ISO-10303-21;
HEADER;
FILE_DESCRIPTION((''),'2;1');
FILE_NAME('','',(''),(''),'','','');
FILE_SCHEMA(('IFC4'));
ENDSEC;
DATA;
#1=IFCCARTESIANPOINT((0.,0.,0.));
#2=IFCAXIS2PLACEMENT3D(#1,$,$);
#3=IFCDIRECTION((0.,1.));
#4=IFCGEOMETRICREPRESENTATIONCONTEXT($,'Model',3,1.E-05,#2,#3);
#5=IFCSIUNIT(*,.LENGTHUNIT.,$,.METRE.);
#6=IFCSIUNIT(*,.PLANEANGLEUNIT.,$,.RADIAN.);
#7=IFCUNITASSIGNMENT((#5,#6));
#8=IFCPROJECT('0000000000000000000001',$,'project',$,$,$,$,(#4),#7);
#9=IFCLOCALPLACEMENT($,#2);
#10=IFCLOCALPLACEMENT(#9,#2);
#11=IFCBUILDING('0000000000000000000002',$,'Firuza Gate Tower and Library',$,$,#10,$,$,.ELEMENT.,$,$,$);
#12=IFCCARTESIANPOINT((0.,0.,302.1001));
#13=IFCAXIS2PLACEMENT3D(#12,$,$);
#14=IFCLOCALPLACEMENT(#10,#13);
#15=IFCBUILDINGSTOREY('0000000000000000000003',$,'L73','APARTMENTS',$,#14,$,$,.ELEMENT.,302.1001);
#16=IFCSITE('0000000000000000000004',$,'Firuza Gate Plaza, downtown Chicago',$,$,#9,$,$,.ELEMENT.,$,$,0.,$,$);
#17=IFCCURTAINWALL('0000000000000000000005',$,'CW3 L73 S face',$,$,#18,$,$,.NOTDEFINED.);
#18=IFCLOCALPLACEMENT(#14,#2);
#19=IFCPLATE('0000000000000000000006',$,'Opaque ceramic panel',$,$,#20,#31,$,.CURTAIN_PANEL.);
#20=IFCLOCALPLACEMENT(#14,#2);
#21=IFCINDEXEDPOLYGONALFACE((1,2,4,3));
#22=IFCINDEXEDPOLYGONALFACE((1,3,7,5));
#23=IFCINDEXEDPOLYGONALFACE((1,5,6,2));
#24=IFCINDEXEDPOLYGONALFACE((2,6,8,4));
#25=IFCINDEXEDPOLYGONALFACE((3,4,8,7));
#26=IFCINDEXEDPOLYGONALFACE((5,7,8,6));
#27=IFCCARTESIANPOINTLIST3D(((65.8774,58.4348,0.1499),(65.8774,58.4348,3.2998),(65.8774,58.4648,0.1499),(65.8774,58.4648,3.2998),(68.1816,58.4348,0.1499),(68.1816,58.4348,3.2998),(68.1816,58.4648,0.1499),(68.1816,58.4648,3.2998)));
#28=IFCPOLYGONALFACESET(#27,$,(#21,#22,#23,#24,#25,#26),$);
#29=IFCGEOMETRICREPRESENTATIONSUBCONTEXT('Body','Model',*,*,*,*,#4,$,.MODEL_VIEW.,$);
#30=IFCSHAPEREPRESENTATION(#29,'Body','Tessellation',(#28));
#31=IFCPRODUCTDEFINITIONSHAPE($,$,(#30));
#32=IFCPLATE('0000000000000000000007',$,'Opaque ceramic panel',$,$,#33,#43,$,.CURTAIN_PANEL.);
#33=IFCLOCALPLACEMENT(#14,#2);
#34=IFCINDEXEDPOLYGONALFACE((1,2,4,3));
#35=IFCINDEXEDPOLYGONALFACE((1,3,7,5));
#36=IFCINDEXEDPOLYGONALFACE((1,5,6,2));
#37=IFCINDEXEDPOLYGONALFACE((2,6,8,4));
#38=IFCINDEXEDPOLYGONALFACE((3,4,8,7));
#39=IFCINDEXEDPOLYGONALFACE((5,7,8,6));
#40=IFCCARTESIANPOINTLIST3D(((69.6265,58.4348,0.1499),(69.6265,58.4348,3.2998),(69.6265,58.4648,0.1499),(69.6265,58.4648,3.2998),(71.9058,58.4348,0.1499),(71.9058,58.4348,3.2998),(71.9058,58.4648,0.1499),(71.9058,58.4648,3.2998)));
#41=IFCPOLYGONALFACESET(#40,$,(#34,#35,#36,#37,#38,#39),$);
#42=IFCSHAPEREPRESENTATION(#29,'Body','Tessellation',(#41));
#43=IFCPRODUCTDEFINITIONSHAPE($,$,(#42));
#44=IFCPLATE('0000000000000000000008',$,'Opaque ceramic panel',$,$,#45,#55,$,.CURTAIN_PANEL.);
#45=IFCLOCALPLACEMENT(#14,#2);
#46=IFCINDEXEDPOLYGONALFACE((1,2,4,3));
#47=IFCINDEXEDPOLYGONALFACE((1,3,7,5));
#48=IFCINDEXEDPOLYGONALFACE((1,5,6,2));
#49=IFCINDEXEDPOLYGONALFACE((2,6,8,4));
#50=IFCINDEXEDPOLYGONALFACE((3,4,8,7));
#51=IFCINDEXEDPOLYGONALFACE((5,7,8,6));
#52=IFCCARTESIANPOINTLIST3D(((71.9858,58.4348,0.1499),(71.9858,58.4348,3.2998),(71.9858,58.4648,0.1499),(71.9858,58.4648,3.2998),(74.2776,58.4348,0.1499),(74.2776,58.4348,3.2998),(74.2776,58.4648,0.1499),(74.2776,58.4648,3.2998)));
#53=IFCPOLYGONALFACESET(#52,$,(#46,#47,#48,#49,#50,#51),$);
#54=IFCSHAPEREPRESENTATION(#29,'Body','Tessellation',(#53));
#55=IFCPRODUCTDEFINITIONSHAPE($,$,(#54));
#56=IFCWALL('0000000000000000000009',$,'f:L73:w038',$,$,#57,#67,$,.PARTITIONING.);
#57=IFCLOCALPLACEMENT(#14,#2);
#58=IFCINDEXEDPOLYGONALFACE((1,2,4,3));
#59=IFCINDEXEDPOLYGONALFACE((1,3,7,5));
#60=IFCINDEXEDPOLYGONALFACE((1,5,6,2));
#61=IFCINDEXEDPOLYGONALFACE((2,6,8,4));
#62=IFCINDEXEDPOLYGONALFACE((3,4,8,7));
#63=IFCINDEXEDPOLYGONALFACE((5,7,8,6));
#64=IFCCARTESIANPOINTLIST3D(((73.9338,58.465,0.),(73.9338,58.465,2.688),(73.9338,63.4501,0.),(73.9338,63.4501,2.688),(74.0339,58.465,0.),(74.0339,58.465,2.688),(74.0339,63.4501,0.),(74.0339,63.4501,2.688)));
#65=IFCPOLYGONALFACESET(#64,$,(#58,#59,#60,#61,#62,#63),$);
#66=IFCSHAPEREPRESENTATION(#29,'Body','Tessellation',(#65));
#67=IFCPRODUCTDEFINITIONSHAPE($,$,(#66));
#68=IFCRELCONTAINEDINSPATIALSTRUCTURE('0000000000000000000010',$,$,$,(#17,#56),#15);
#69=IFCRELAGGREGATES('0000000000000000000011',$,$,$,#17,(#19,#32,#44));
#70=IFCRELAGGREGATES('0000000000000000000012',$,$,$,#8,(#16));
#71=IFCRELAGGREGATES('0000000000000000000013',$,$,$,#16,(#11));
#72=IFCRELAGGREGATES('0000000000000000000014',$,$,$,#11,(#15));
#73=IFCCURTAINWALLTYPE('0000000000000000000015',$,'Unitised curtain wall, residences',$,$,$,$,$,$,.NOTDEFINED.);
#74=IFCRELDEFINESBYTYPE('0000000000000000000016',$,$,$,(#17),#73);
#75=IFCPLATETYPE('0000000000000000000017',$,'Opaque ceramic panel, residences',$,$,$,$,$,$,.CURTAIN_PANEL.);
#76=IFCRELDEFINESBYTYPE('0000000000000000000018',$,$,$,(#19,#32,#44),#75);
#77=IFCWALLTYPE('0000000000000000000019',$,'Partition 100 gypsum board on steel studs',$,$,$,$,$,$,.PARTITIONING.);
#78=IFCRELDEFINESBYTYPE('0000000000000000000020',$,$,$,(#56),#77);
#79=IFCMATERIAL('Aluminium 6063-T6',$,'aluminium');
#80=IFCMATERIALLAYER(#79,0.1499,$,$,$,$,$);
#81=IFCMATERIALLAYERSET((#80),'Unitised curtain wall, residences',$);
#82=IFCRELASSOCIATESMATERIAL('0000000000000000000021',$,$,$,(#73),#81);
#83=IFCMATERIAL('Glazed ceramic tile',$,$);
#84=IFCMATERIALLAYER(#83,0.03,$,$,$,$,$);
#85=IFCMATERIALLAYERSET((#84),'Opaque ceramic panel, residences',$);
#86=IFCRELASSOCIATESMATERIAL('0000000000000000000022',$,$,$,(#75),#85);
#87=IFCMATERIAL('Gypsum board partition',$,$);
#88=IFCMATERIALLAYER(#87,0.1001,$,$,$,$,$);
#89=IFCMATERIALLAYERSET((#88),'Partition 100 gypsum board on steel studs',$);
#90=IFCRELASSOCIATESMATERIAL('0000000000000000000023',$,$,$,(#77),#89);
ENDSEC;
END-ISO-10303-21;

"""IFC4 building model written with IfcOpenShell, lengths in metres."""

from ifc_helpers import new_model, si_unit, direction, frame, frame_2d, origin, place, context, subcontext, project, spatial, polyline, rectangle, outline, extrude, material, layer, layer_set, type_object, element, aggregate, save


model = new_model("IFC4")

# Units and contexts
model_context = context("Model", 3, precision=1e-05, world=origin(), true_north=direction((0.0, 1.0)))
body_context = subcontext(model_context, "Body", "Model", "MODEL_VIEW")
ifc_project = project(units=[si_unit("LENGTHUNIT", "METRE"), si_unit("PLANEANGLEUNIT", "RADIAN")], contexts=[model_context])

# Site, building, storey
site_placement = place(None, origin())
site = spatial("IfcSite", under=ifc_project, at=site_placement, Name="Firuza Gate Plaza, downtown Chicago", CompositionType="ELEMENT", RefElevation=0.0)
building_placement = place(site_placement, origin())
building = spatial("IfcBuilding", under=site, at=building_placement, Name="Firuza Gate Tower and Library", CompositionType="ELEMENT")
storey_placement = place(building_placement, frame((0.0, 0.0, 302.1001)))
storey = spatial("IfcBuildingStorey", under=building, at=storey_placement, Name="L73", Description="APARTMENTS", CompositionType="ELEMENT", Elevation=302.1001)

# Curtain wall
ifc_material_1 = material(Name="Aluminium 6063-T6", Category="aluminium")
ifc_layer_1 = layer(ifc_material_1, 0.1499)
ifc_layer_set_1 = layer_set([ifc_layer_1], Name="Unitised curtain wall, residences")
curtain_wall_type = type_object("IfcCurtainWallType", Name="Unitised curtain wall, residences", PredefinedType="NOTDEFINED", material=ifc_layer_set_1)
curtain_wall_placement = place(storey_placement, origin())
curtain_wall = element("IfcCurtainWall", 1, at=curtain_wall_placement, inside=storey, type_object=curtain_wall_type, Name="CW3 L73 S face", PredefinedType="NOTDEFINED")

# Plates
ifc_material_2 = material(Name="Glazed ceramic tile")
ifc_layer_2 = layer(ifc_material_2, 0.03)
ifc_layer_set_2 = layer_set([ifc_layer_2], Name="Opaque ceramic panel, residences")
plate_type_1 = type_object("IfcPlateType", Name="Opaque ceramic panel, residences", PredefinedType="CURTAIN_PANEL", material=ifc_layer_set_2)
plate_1_placement = place(storey_placement, frame((65.8774, 58.4348, 0.1499), z_axis=(0.0, -1.0, 0.0), x_axis=(1.0, 0.0, 0.0)))
plate_1 = element("IfcPlate", 2, at=plate_1_placement, type_object=plate_type_1, Name="Opaque ceramic panel", PredefinedType="CURTAIN_PANEL", context=body_context, shape_type="SweptSolid", body=[
    extrude(outline(polyline([(0.0, 0.0), (2.3042, 0.0), (2.3042, 3.1499), (0.0, 3.1499), (0.0, 0.0)])), origin(), (0.0, 0.0, -1.0), 0.03),
])
plate_2_placement = place(storey_placement, frame((69.6265, 58.4348, 0.1499), z_axis=(0.0, -1.0, 0.0), x_axis=(1.0, 0.0, 0.0)))
plate_2 = element("IfcPlate", 3, at=plate_2_placement, type_object=plate_type_1, Name="Opaque ceramic panel", PredefinedType="CURTAIN_PANEL", context=body_context, shape_type="SweptSolid", body=[
    extrude(outline(polyline([(0.0, 0.0), (2.2793, 0.0), (2.2793, 3.1499), (0.0, 3.1499), (0.0, 0.0)])), origin(), (0.0, 0.0, -1.0), 0.03),
])
plate_3_placement = place(storey_placement, frame((71.9858, 58.4348, 0.1499), z_axis=(0.0, -1.0, 0.0), x_axis=(1.0, 0.0, 0.0)))
plate_3 = element("IfcPlate", 4, at=plate_3_placement, type_object=plate_type_1, Name="Opaque ceramic panel", PredefinedType="CURTAIN_PANEL", context=body_context, shape_type="SweptSolid", body=[
    extrude(outline(polyline([(0.0, 0.0), (2.2917, 0.0), (2.2917, 3.1499), (0.0, 3.1499), (0.0, 0.0)])), origin(), (0.0, 0.0, -1.0), 0.03),
])
aggregate(curtain_wall, [plate_1, plate_2, plate_3])

# Wall
ifc_material_3 = material(Name="Gypsum board partition")
ifc_layer_3 = layer(ifc_material_3, 0.1001)
ifc_layer_set_3 = layer_set([ifc_layer_3], Name="Partition 100 gypsum board on steel studs")
wall_type = type_object("IfcWallType", Name="Partition 100 gypsum board on steel studs", PredefinedType="PARTITIONING", material=ifc_layer_set_3)
wall_placement = place(storey_placement, frame((73.9839, 58.4648, 0.0), z_axis=(0.0, 0.0, 1.0), x_axis=(0.0, 1.0, 0.0)))
element("IfcWall", 5, at=wall_placement, inside=storey, type_object=wall_type, Name="f:L73:w038", PredefinedType="PARTITIONING", context=body_context, shape_type="SweptSolid", body=[
    extrude(rectangle(XDim=4.9851, YDim=0.1001, at=frame_2d((2.4927, 0.0))), origin(), (0.0, 0.0, 1.0), 2.688),
])

save(model, "model.ifc")
